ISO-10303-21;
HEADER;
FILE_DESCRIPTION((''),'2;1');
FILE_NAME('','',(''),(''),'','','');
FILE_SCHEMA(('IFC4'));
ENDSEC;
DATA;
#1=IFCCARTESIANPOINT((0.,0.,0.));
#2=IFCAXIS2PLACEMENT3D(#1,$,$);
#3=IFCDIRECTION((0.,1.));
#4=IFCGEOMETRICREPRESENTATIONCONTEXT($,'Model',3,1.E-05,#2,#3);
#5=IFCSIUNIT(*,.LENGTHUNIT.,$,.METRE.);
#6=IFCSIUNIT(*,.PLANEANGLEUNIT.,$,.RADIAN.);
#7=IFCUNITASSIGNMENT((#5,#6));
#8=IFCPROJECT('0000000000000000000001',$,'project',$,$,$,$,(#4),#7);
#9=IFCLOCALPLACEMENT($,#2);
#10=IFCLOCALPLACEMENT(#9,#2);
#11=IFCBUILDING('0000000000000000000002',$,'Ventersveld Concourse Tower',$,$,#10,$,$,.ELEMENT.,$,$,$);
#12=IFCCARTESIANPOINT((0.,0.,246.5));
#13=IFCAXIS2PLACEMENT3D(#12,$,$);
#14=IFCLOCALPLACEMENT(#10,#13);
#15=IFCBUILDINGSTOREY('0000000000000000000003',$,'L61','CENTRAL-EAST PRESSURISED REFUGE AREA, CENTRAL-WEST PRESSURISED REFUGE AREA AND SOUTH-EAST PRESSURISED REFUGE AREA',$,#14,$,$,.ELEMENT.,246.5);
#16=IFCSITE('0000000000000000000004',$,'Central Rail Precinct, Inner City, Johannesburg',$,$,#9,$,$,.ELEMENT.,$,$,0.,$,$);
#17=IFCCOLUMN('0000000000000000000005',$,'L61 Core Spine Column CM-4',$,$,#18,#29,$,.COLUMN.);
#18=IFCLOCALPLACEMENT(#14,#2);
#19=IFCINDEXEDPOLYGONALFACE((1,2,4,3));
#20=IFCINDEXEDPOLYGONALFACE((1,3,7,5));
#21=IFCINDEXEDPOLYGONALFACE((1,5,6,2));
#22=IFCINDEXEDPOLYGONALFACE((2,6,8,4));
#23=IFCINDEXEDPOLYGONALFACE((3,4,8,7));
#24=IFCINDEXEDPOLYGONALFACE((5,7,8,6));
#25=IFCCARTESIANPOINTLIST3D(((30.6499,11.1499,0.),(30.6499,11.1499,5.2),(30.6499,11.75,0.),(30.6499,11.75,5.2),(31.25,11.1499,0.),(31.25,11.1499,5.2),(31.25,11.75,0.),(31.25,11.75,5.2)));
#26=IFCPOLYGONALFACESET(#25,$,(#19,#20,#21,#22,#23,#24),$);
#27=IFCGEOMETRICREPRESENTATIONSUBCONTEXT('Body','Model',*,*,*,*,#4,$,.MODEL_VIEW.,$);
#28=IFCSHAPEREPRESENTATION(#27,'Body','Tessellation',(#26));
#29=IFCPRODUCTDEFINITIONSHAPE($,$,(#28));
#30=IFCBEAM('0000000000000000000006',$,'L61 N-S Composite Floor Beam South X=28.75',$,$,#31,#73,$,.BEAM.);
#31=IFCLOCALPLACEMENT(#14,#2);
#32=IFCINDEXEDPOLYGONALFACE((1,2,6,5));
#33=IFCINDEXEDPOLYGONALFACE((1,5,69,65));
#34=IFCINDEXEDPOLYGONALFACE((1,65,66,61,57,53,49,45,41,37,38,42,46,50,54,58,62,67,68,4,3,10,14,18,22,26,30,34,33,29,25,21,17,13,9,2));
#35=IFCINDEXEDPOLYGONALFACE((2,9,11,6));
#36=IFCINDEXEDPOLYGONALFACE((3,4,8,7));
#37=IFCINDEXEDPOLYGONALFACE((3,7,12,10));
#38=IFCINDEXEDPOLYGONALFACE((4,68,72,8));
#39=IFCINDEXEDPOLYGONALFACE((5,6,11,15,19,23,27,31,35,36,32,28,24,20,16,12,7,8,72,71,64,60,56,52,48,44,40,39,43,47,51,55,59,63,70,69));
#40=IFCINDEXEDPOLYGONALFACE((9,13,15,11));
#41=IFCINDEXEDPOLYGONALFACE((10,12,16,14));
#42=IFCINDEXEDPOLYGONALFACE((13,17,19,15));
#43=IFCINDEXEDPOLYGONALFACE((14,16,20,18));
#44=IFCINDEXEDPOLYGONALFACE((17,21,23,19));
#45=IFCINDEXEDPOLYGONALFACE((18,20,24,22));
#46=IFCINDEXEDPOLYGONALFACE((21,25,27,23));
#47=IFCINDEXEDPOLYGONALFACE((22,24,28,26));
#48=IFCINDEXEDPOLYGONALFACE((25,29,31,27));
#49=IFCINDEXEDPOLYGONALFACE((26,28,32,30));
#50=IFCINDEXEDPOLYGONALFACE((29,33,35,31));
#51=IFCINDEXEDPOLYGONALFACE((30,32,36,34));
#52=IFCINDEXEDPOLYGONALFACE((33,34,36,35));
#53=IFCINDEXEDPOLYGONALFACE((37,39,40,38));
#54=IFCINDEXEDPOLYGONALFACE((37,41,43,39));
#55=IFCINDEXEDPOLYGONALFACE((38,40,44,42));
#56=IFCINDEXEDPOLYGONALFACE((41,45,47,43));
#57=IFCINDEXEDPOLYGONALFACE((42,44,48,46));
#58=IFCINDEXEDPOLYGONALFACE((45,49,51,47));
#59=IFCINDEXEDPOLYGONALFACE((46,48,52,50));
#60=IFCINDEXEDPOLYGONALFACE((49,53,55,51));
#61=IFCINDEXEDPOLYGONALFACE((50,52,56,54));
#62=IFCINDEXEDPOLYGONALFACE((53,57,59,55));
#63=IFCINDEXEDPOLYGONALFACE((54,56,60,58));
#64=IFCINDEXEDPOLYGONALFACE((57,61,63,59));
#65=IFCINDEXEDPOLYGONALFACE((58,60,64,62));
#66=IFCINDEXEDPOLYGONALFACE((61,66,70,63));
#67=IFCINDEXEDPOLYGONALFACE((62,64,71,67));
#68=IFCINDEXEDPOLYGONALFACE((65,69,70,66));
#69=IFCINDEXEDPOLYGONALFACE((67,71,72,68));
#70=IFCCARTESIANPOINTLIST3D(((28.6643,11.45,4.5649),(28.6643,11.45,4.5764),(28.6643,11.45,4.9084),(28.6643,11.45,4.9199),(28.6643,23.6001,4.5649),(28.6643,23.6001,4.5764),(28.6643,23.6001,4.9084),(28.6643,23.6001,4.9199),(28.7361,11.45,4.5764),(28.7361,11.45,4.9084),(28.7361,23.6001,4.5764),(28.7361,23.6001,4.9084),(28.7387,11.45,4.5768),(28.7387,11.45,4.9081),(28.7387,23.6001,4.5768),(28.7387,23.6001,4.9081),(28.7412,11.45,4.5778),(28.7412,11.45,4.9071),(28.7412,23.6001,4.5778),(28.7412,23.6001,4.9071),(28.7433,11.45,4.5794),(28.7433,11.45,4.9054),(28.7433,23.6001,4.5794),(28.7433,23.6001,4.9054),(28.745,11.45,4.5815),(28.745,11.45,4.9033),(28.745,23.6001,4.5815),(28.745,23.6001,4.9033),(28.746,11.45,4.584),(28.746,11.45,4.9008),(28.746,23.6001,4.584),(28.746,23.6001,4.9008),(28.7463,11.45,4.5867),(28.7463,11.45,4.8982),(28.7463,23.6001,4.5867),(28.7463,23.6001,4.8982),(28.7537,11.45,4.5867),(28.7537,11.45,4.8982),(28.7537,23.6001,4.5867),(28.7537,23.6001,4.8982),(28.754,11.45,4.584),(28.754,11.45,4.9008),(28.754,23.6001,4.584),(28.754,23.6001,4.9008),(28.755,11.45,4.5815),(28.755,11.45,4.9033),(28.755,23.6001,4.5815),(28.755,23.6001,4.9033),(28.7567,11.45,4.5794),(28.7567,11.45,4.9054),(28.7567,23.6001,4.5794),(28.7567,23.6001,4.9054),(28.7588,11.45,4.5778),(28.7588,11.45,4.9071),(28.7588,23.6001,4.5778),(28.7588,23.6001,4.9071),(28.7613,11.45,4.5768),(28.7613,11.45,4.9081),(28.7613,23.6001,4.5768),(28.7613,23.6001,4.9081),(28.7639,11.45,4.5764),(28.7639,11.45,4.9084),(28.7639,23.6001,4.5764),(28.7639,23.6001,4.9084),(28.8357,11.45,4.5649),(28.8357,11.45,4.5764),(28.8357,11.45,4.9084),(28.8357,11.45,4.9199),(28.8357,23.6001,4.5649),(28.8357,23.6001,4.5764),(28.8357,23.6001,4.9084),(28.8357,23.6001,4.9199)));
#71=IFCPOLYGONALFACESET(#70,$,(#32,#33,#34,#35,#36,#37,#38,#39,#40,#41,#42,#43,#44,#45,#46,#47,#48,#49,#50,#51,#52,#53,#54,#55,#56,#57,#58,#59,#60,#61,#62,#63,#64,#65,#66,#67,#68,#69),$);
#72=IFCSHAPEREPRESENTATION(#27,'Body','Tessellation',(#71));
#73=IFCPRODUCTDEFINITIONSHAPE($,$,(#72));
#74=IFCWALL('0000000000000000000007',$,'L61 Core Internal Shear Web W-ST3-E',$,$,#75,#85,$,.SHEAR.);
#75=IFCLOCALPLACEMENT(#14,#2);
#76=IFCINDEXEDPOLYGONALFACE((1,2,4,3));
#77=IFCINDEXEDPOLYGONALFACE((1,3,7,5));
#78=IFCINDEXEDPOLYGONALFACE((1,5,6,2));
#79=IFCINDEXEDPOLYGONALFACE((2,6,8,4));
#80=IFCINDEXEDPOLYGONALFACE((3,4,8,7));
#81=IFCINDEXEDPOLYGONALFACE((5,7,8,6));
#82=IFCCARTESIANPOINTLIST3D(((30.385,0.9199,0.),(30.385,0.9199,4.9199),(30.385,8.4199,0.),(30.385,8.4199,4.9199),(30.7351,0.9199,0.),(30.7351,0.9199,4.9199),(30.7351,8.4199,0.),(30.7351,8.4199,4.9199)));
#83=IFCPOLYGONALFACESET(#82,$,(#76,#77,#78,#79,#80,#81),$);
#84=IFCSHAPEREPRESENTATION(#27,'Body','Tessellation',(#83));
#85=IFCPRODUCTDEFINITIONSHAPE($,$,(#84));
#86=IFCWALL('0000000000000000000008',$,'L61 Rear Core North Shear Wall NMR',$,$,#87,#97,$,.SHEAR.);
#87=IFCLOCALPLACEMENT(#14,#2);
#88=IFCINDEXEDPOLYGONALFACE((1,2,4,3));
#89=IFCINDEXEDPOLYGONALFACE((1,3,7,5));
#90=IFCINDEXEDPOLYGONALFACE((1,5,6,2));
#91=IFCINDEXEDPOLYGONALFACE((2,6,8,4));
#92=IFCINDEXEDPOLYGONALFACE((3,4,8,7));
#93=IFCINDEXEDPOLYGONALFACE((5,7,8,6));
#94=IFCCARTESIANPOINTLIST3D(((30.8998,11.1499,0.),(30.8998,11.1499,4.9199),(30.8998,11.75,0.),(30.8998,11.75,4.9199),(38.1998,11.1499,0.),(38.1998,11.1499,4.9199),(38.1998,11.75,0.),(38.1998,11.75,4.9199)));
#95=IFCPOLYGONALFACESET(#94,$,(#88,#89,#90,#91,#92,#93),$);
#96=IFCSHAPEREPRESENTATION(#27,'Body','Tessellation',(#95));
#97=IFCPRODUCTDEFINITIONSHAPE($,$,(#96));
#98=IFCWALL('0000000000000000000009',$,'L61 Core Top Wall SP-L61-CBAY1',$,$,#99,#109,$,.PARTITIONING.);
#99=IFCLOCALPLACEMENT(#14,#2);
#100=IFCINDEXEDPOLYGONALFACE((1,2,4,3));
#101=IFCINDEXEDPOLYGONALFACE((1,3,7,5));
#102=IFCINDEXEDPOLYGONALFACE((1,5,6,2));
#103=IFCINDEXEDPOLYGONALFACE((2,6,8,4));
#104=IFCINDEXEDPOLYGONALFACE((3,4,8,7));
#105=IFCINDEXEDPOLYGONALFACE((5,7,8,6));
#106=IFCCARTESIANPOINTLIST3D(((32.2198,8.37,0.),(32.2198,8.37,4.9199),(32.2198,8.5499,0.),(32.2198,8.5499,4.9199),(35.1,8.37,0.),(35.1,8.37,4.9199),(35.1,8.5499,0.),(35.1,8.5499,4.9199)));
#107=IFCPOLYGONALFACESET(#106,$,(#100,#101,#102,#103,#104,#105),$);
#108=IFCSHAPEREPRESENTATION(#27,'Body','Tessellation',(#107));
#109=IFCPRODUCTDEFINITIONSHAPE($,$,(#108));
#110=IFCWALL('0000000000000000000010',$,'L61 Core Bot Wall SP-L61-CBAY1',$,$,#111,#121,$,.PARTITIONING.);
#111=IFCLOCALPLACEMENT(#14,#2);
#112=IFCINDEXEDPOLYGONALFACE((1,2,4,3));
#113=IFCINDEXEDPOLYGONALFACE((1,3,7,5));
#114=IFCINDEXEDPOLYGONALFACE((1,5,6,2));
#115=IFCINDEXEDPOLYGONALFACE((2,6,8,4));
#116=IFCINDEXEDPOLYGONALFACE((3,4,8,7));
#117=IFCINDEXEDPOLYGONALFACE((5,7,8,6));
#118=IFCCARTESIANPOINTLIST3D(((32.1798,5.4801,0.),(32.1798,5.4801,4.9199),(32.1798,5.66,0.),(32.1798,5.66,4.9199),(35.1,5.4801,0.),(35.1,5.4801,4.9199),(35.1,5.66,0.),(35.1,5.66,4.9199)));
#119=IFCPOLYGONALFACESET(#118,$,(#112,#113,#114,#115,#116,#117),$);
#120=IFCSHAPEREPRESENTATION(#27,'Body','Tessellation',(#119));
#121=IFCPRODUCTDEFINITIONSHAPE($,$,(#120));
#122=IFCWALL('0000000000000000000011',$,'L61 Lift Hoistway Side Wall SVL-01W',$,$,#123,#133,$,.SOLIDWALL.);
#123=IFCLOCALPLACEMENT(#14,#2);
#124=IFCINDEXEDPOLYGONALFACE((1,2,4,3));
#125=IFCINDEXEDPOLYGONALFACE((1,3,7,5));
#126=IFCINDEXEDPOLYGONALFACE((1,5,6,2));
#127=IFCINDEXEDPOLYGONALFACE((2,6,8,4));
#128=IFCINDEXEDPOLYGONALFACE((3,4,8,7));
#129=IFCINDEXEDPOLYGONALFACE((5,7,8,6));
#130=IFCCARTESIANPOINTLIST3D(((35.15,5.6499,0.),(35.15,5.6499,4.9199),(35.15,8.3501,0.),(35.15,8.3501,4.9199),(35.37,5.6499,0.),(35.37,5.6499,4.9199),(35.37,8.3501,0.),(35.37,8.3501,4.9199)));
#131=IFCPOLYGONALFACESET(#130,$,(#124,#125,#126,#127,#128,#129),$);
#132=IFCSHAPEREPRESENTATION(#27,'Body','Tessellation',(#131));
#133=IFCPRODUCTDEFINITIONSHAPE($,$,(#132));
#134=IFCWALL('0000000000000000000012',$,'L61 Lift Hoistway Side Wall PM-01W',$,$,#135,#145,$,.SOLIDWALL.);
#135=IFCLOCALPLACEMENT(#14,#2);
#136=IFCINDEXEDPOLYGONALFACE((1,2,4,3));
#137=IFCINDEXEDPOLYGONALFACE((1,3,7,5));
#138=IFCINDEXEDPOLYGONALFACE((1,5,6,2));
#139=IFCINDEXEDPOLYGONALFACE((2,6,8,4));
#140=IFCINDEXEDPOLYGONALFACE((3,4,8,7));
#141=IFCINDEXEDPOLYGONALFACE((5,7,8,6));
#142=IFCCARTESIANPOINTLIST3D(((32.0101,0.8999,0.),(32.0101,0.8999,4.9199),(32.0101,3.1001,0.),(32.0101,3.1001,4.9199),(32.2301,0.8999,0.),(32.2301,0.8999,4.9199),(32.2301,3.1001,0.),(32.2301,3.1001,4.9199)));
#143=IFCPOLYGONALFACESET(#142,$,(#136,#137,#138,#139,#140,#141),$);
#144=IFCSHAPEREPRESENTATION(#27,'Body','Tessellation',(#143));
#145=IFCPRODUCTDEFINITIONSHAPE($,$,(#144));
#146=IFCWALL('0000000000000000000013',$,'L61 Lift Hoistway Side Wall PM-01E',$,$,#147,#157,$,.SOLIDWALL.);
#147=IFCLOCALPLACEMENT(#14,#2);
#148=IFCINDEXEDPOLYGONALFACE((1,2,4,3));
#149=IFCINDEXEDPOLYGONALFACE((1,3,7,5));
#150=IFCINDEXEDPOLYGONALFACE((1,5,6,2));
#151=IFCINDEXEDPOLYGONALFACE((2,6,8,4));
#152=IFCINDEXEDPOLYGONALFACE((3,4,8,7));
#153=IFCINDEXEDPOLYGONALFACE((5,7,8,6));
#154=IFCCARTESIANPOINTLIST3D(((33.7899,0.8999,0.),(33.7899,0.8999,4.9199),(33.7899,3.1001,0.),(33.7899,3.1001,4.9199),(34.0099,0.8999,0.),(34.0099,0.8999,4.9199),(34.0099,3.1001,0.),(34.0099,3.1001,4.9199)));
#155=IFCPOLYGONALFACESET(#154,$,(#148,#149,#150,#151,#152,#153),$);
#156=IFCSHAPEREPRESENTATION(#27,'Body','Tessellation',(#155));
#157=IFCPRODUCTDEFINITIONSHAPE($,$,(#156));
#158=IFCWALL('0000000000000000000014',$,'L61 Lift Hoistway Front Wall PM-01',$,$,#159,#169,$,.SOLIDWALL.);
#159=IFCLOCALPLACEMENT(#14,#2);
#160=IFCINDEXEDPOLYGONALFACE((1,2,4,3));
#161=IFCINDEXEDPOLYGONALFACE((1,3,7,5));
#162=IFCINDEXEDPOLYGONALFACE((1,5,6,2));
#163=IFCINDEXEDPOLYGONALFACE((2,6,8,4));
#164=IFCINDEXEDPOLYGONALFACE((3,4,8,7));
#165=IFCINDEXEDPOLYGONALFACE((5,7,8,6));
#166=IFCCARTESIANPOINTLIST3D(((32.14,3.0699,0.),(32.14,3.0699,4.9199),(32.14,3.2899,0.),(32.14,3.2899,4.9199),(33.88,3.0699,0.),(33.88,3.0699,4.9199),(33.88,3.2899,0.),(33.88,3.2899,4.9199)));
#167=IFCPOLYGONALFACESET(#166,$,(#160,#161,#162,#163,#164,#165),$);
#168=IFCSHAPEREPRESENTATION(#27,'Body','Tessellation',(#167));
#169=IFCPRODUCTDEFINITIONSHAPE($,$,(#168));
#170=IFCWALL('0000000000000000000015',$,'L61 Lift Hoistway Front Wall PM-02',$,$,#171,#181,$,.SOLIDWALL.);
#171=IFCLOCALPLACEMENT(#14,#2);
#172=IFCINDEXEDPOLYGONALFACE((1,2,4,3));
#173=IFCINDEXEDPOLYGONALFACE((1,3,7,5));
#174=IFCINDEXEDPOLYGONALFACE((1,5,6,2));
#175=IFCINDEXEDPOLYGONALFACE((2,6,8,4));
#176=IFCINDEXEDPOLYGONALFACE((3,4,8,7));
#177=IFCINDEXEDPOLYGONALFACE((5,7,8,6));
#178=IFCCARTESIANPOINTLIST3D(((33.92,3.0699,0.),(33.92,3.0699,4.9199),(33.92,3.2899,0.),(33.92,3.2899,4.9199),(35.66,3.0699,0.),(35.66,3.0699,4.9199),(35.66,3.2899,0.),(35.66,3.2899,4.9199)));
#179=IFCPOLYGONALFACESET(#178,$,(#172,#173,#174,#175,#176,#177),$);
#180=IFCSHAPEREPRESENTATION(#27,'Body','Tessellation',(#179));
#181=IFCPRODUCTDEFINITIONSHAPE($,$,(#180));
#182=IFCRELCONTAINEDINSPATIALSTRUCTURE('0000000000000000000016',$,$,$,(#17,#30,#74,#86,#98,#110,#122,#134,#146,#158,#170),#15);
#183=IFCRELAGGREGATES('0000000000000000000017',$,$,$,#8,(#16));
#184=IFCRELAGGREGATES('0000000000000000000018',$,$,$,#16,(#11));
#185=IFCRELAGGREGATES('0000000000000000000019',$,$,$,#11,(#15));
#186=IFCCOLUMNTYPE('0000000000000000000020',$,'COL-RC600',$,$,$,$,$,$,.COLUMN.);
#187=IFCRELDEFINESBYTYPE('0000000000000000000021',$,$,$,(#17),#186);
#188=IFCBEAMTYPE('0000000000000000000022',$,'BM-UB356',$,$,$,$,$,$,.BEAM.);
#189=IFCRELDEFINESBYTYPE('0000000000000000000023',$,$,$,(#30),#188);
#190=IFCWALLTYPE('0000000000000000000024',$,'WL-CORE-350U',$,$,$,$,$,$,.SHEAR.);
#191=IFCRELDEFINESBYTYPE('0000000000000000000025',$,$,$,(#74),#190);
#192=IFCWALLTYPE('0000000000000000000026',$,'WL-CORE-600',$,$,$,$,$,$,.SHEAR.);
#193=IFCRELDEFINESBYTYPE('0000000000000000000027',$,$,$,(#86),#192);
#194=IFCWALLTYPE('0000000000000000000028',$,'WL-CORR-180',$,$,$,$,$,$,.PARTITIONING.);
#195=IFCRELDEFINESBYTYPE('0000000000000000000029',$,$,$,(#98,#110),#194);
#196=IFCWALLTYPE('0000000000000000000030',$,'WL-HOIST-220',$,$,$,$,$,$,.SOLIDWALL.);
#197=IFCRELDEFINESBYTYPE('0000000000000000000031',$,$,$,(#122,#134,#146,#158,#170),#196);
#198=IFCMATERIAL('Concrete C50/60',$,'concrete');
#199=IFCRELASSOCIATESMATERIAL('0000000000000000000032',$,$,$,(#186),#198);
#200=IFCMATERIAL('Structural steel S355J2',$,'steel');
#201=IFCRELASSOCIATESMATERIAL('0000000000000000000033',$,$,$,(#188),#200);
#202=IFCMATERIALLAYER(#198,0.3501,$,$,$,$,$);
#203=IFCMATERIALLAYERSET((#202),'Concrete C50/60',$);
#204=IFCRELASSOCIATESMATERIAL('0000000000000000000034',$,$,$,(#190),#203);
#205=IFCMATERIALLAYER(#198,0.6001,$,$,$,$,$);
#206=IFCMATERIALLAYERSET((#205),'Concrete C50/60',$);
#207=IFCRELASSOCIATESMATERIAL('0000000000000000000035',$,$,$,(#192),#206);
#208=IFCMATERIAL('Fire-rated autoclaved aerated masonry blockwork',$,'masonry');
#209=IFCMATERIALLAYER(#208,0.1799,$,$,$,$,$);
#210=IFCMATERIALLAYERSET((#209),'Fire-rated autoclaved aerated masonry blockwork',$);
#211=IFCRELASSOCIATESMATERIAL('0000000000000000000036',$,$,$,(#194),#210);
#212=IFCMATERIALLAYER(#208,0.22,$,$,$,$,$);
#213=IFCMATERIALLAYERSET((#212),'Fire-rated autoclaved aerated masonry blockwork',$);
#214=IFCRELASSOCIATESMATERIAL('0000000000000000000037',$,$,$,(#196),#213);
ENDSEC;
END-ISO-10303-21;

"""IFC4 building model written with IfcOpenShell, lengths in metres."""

from ifc_helpers import new_model, si_unit, direction, frame, frame_2d, origin, origin_2d, place, context, subcontext, project, spatial, rectangle, i_section, extrude, material, layer, layer_set, material_profile, profile_set, type_object, element, save


model = new_model("IFC4")

# Units and contexts
model_context = context("Model", 3, precision=1e-05, world=origin(), true_north=direction((0.0, 1.0)))
body_context = subcontext(model_context, "Body", "Model", "MODEL_VIEW")
ifc_project = project(units=[si_unit("LENGTHUNIT", "METRE"), si_unit("PLANEANGLEUNIT", "RADIAN")], contexts=[model_context])

# Site, building, storey
site_placement = place(None, origin())
site = spatial("IfcSite", under=ifc_project, at=site_placement, Name="Central Rail Precinct, Inner City, Johannesburg", CompositionType="ELEMENT", RefElevation=0.0)
building_placement = place(site_placement, origin())
building = spatial("IfcBuilding", under=site, at=building_placement, Name="Ventersveld Concourse Tower", CompositionType="ELEMENT")
storey_placement = place(building_placement, frame((0.0, 0.0, 246.5)))
storey = spatial("IfcBuildingStorey", under=building, at=storey_placement, Name="L61", Description="CENTRAL-EAST PRESSURISED REFUGE AREA, CENTRAL-WEST PRESSURISED REFUGE AREA AND SOUTH-EAST PRESSURISED REFUGE AREA", CompositionType="ELEMENT", Elevation=246.5)

# Column
ifc_material_1 = material(Name="Concrete C50/60", Category="concrete")
ifc_material_profile_1 = material_profile(ifc_material_1, rectangle(XDim=0.6001, YDim=0.6001, at=origin_2d()), Name="RC 600x600")
ifc_profile_set_1 = profile_set([ifc_material_profile_1], Name="Concrete C50/60")
column_type = type_object("IfcColumnType", Name="COL-RC600", PredefinedType="COLUMN", material=ifc_profile_set_1)
column_placement = place(storey_placement, frame((30.95, 11.45, 0.0), z_axis=(0.0, 0.0, 1.0), x_axis=(1.0, 0.0, 0.0)))
element("IfcColumn", 1, at=column_placement, inside=storey, type_object=column_type, Name="L61 Core Spine Column CM-4", PredefinedType="COLUMN", context=body_context, shape_type="SweptSolid", body=[
    extrude(rectangle(XDim=0.6001, YDim=0.6001, at=origin_2d()), origin(), (0.0, 0.0, 1.0), 5.2),
])

# Beam
ifc_material_2 = material(Name="Structural steel S355J2", Category="steel")
ifc_material_profile_2 = material_profile(ifc_material_2, i_section(OverallWidth=0.1714, OverallDepth=0.355, WebThickness=0.0073, FlangeThickness=0.0115, FilletRadius=0.0103, at=origin_2d()), Name="UB 356x171x51")
ifc_profile_set_2 = profile_set([ifc_material_profile_2], Name="Structural steel S355J2")
beam_type = type_object("IfcBeamType", Name="BM-UB356", PredefinedType="BEAM", material=ifc_profile_set_2)
beam_placement = place(storey_placement, frame((28.75, 11.45, 4.7424), z_axis=(0.0, 1.0, 0.0), x_axis=(-1.0, 0.0, 0.0)))
element("IfcBeam", 2, at=beam_placement, inside=storey, type_object=beam_type, Name="L61 N-S Composite Floor Beam South X=28.75", PredefinedType="BEAM", context=body_context, shape_type="SweptSolid", body=[
    extrude(i_section(OverallWidth=0.1714, OverallDepth=0.355, WebThickness=0.0073, FlangeThickness=0.0115, FilletRadius=0.0103, at=origin_2d()), origin(), (0.0, 0.0, 1.0), 12.1501),
])

# Walls
ifc_layer_1 = layer(ifc_material_1, 0.3501)
ifc_layer_set_1 = layer_set([ifc_layer_1], Name="Concrete C50/60")
wall_type_1 = type_object("IfcWallType", Name="WL-CORE-350U", PredefinedType="SHEAR", material=ifc_layer_set_1)
wall_1_placement = place(storey_placement, frame((30.5601, 0.9199, 0.0), z_axis=(0.0, 0.0, 1.0), x_axis=(0.0, 1.0, 0.0)))
element("IfcWall", 3, at=wall_1_placement, inside=storey, type_object=wall_type_1, Name="L61 Core Internal Shear Web W-ST3-E", PredefinedType="SHEAR", context=body_context, shape_type="SweptSolid", body=[
    extrude(rectangle(XDim=7.5, YDim=0.3501, at=frame_2d((3.75, 0.0))), origin(), (0.0, 0.0, 1.0), 4.9199),
])
ifc_layer_2 = layer(ifc_material_1, 0.6001)
ifc_layer_set_2 = layer_set([ifc_layer_2], Name="Concrete C50/60")
wall_type_2 = type_object("IfcWallType", Name="WL-CORE-600", PredefinedType="SHEAR", material=ifc_layer_set_2)
wall_2_placement = place(storey_placement, frame((30.8999, 11.45, 0.0), z_axis=(0.0, 0.0, 1.0), x_axis=(1.0, 0.0, 0.0)))
element("IfcWall", 4, at=wall_2_placement, inside=storey, type_object=wall_type_2, Name="L61 Rear Core North Shear Wall NMR", PredefinedType="SHEAR", context=body_context, shape_type="SweptSolid", body=[
    extrude(rectangle(XDim=7.3, YDim=0.6001, at=frame_2d((3.6499, 0.0))), origin(), (0.0, 0.0, 1.0), 4.9199),
])

# Shared definitions
ifc_material_3 = material(Name="Fire-rated autoclaved aerated masonry blockwork", Category="masonry")
ifc_layer_3 = layer(ifc_material_3, 0.1799)
ifc_layer_set_3 = layer_set([ifc_layer_3], Name="Fire-rated autoclaved aerated masonry blockwork")
wall_type_3 = type_object("IfcWallType", Name="WL-CORR-180", PredefinedType="PARTITIONING", material=ifc_layer_set_3)

# Walls
wall_3_placement = place(storey_placement, frame((32.22, 8.46, 0.0), z_axis=(0.0, 0.0, 1.0), x_axis=(1.0, 0.0, 0.0)))
element("IfcWall", 5, at=wall_3_placement, inside=storey, type_object=wall_type_3, Name="L61 Core Top Wall SP-L61-CBAY1", PredefinedType="PARTITIONING", context=body_context, shape_type="SweptSolid", body=[
    extrude(rectangle(XDim=2.8801, YDim=0.1799, at=frame_2d((1.4399, 0.0))), origin(), (0.0, 0.0, 1.0), 4.9199),
])
wall_4_placement = place(storey_placement, frame((32.1799, 5.5701, 0.0), z_axis=(0.0, 0.0, 1.0), x_axis=(1.0, 0.0, 0.0)))
element("IfcWall", 6, at=wall_4_placement, inside=storey, type_object=wall_type_3, Name="L61 Core Bot Wall SP-L61-CBAY1", PredefinedType="PARTITIONING", context=body_context, shape_type="SweptSolid", body=[
    extrude(rectangle(XDim=2.9202, YDim=0.1799, at=frame_2d((1.46, 0.0))), origin(), (0.0, 0.0, 1.0), 4.9199),
])
ifc_layer_4 = layer(ifc_material_3, 0.22)
ifc_layer_set_4 = layer_set([ifc_layer_4], Name="Fire-rated autoclaved aerated masonry blockwork")
wall_type_4 = type_object("IfcWallType", Name="WL-HOIST-220", PredefinedType="SOLIDWALL", material=ifc_layer_set_4)
wall_5_placement = place(storey_placement, frame((35.26, 5.6499, 0.0), z_axis=(0.0, 0.0, 1.0), x_axis=(0.0, 1.0, 0.0)))
element("IfcWall", 7, at=wall_5_placement, inside=storey, type_object=wall_type_4, Name="L61 Lift Hoistway Side Wall SVL-01W", PredefinedType="SOLIDWALL", context=body_context, shape_type="SweptSolid", body=[
    extrude(rectangle(XDim=2.7002, YDim=0.22, at=frame_2d((1.3501, 0.0))), origin(), (0.0, 0.0, 1.0), 4.9199),
])
for number, where, z_axis, x_axis, name in (
    (8, (32.1201, 0.8999, 0.0), (0.0, 0.0, 1.0), (0.0, 1.0, 0.0), "L61 Lift Hoistway Side Wall PM-01W"),
    (9, (33.8999, 0.8999, 0.0), (0.0, 0.0, 1.0), (0.0, 1.0, 0.0), "L61 Lift Hoistway Side Wall PM-01E"),
):
    element("IfcWall", number, at=place(storey_placement, frame(where, z_axis=z_axis, x_axis=x_axis)), inside=storey, type_object=wall_type_4, Name=name, PredefinedType="SOLIDWALL", context=body_context, shape_type="SweptSolid", body=[
        extrude(rectangle(XDim=2.2002, YDim=0.22, at=frame_2d((1.1001, 0.0))), origin(), (0.0, 0.0, 1.0), 4.9199),
    ])
for number, where, z_axis, x_axis, name in (
    (10, (32.1399, 3.1799, 0.0), (0.0, 0.0, 1.0), (1.0, 0.0, 0.0), "L61 Lift Hoistway Front Wall PM-01"),
    (11, (33.9199, 3.1799, 0.0), (0.0, 0.0, 1.0), (1.0, 0.0, 0.0), "L61 Lift Hoistway Front Wall PM-02"),
):
    element("IfcWall", number, at=place(storey_placement, frame(where, z_axis=z_axis, x_axis=x_axis)), inside=storey, type_object=wall_type_4, Name=name, PredefinedType="SOLIDWALL", context=body_context, shape_type="SweptSolid", body=[
        extrude(rectangle(XDim=1.74, YDim=0.22, at=frame_2d((0.8701, 0.0))), origin(), (0.0, 0.0, 1.0), 4.9199),
    ])

save(model, "model.ifc")
